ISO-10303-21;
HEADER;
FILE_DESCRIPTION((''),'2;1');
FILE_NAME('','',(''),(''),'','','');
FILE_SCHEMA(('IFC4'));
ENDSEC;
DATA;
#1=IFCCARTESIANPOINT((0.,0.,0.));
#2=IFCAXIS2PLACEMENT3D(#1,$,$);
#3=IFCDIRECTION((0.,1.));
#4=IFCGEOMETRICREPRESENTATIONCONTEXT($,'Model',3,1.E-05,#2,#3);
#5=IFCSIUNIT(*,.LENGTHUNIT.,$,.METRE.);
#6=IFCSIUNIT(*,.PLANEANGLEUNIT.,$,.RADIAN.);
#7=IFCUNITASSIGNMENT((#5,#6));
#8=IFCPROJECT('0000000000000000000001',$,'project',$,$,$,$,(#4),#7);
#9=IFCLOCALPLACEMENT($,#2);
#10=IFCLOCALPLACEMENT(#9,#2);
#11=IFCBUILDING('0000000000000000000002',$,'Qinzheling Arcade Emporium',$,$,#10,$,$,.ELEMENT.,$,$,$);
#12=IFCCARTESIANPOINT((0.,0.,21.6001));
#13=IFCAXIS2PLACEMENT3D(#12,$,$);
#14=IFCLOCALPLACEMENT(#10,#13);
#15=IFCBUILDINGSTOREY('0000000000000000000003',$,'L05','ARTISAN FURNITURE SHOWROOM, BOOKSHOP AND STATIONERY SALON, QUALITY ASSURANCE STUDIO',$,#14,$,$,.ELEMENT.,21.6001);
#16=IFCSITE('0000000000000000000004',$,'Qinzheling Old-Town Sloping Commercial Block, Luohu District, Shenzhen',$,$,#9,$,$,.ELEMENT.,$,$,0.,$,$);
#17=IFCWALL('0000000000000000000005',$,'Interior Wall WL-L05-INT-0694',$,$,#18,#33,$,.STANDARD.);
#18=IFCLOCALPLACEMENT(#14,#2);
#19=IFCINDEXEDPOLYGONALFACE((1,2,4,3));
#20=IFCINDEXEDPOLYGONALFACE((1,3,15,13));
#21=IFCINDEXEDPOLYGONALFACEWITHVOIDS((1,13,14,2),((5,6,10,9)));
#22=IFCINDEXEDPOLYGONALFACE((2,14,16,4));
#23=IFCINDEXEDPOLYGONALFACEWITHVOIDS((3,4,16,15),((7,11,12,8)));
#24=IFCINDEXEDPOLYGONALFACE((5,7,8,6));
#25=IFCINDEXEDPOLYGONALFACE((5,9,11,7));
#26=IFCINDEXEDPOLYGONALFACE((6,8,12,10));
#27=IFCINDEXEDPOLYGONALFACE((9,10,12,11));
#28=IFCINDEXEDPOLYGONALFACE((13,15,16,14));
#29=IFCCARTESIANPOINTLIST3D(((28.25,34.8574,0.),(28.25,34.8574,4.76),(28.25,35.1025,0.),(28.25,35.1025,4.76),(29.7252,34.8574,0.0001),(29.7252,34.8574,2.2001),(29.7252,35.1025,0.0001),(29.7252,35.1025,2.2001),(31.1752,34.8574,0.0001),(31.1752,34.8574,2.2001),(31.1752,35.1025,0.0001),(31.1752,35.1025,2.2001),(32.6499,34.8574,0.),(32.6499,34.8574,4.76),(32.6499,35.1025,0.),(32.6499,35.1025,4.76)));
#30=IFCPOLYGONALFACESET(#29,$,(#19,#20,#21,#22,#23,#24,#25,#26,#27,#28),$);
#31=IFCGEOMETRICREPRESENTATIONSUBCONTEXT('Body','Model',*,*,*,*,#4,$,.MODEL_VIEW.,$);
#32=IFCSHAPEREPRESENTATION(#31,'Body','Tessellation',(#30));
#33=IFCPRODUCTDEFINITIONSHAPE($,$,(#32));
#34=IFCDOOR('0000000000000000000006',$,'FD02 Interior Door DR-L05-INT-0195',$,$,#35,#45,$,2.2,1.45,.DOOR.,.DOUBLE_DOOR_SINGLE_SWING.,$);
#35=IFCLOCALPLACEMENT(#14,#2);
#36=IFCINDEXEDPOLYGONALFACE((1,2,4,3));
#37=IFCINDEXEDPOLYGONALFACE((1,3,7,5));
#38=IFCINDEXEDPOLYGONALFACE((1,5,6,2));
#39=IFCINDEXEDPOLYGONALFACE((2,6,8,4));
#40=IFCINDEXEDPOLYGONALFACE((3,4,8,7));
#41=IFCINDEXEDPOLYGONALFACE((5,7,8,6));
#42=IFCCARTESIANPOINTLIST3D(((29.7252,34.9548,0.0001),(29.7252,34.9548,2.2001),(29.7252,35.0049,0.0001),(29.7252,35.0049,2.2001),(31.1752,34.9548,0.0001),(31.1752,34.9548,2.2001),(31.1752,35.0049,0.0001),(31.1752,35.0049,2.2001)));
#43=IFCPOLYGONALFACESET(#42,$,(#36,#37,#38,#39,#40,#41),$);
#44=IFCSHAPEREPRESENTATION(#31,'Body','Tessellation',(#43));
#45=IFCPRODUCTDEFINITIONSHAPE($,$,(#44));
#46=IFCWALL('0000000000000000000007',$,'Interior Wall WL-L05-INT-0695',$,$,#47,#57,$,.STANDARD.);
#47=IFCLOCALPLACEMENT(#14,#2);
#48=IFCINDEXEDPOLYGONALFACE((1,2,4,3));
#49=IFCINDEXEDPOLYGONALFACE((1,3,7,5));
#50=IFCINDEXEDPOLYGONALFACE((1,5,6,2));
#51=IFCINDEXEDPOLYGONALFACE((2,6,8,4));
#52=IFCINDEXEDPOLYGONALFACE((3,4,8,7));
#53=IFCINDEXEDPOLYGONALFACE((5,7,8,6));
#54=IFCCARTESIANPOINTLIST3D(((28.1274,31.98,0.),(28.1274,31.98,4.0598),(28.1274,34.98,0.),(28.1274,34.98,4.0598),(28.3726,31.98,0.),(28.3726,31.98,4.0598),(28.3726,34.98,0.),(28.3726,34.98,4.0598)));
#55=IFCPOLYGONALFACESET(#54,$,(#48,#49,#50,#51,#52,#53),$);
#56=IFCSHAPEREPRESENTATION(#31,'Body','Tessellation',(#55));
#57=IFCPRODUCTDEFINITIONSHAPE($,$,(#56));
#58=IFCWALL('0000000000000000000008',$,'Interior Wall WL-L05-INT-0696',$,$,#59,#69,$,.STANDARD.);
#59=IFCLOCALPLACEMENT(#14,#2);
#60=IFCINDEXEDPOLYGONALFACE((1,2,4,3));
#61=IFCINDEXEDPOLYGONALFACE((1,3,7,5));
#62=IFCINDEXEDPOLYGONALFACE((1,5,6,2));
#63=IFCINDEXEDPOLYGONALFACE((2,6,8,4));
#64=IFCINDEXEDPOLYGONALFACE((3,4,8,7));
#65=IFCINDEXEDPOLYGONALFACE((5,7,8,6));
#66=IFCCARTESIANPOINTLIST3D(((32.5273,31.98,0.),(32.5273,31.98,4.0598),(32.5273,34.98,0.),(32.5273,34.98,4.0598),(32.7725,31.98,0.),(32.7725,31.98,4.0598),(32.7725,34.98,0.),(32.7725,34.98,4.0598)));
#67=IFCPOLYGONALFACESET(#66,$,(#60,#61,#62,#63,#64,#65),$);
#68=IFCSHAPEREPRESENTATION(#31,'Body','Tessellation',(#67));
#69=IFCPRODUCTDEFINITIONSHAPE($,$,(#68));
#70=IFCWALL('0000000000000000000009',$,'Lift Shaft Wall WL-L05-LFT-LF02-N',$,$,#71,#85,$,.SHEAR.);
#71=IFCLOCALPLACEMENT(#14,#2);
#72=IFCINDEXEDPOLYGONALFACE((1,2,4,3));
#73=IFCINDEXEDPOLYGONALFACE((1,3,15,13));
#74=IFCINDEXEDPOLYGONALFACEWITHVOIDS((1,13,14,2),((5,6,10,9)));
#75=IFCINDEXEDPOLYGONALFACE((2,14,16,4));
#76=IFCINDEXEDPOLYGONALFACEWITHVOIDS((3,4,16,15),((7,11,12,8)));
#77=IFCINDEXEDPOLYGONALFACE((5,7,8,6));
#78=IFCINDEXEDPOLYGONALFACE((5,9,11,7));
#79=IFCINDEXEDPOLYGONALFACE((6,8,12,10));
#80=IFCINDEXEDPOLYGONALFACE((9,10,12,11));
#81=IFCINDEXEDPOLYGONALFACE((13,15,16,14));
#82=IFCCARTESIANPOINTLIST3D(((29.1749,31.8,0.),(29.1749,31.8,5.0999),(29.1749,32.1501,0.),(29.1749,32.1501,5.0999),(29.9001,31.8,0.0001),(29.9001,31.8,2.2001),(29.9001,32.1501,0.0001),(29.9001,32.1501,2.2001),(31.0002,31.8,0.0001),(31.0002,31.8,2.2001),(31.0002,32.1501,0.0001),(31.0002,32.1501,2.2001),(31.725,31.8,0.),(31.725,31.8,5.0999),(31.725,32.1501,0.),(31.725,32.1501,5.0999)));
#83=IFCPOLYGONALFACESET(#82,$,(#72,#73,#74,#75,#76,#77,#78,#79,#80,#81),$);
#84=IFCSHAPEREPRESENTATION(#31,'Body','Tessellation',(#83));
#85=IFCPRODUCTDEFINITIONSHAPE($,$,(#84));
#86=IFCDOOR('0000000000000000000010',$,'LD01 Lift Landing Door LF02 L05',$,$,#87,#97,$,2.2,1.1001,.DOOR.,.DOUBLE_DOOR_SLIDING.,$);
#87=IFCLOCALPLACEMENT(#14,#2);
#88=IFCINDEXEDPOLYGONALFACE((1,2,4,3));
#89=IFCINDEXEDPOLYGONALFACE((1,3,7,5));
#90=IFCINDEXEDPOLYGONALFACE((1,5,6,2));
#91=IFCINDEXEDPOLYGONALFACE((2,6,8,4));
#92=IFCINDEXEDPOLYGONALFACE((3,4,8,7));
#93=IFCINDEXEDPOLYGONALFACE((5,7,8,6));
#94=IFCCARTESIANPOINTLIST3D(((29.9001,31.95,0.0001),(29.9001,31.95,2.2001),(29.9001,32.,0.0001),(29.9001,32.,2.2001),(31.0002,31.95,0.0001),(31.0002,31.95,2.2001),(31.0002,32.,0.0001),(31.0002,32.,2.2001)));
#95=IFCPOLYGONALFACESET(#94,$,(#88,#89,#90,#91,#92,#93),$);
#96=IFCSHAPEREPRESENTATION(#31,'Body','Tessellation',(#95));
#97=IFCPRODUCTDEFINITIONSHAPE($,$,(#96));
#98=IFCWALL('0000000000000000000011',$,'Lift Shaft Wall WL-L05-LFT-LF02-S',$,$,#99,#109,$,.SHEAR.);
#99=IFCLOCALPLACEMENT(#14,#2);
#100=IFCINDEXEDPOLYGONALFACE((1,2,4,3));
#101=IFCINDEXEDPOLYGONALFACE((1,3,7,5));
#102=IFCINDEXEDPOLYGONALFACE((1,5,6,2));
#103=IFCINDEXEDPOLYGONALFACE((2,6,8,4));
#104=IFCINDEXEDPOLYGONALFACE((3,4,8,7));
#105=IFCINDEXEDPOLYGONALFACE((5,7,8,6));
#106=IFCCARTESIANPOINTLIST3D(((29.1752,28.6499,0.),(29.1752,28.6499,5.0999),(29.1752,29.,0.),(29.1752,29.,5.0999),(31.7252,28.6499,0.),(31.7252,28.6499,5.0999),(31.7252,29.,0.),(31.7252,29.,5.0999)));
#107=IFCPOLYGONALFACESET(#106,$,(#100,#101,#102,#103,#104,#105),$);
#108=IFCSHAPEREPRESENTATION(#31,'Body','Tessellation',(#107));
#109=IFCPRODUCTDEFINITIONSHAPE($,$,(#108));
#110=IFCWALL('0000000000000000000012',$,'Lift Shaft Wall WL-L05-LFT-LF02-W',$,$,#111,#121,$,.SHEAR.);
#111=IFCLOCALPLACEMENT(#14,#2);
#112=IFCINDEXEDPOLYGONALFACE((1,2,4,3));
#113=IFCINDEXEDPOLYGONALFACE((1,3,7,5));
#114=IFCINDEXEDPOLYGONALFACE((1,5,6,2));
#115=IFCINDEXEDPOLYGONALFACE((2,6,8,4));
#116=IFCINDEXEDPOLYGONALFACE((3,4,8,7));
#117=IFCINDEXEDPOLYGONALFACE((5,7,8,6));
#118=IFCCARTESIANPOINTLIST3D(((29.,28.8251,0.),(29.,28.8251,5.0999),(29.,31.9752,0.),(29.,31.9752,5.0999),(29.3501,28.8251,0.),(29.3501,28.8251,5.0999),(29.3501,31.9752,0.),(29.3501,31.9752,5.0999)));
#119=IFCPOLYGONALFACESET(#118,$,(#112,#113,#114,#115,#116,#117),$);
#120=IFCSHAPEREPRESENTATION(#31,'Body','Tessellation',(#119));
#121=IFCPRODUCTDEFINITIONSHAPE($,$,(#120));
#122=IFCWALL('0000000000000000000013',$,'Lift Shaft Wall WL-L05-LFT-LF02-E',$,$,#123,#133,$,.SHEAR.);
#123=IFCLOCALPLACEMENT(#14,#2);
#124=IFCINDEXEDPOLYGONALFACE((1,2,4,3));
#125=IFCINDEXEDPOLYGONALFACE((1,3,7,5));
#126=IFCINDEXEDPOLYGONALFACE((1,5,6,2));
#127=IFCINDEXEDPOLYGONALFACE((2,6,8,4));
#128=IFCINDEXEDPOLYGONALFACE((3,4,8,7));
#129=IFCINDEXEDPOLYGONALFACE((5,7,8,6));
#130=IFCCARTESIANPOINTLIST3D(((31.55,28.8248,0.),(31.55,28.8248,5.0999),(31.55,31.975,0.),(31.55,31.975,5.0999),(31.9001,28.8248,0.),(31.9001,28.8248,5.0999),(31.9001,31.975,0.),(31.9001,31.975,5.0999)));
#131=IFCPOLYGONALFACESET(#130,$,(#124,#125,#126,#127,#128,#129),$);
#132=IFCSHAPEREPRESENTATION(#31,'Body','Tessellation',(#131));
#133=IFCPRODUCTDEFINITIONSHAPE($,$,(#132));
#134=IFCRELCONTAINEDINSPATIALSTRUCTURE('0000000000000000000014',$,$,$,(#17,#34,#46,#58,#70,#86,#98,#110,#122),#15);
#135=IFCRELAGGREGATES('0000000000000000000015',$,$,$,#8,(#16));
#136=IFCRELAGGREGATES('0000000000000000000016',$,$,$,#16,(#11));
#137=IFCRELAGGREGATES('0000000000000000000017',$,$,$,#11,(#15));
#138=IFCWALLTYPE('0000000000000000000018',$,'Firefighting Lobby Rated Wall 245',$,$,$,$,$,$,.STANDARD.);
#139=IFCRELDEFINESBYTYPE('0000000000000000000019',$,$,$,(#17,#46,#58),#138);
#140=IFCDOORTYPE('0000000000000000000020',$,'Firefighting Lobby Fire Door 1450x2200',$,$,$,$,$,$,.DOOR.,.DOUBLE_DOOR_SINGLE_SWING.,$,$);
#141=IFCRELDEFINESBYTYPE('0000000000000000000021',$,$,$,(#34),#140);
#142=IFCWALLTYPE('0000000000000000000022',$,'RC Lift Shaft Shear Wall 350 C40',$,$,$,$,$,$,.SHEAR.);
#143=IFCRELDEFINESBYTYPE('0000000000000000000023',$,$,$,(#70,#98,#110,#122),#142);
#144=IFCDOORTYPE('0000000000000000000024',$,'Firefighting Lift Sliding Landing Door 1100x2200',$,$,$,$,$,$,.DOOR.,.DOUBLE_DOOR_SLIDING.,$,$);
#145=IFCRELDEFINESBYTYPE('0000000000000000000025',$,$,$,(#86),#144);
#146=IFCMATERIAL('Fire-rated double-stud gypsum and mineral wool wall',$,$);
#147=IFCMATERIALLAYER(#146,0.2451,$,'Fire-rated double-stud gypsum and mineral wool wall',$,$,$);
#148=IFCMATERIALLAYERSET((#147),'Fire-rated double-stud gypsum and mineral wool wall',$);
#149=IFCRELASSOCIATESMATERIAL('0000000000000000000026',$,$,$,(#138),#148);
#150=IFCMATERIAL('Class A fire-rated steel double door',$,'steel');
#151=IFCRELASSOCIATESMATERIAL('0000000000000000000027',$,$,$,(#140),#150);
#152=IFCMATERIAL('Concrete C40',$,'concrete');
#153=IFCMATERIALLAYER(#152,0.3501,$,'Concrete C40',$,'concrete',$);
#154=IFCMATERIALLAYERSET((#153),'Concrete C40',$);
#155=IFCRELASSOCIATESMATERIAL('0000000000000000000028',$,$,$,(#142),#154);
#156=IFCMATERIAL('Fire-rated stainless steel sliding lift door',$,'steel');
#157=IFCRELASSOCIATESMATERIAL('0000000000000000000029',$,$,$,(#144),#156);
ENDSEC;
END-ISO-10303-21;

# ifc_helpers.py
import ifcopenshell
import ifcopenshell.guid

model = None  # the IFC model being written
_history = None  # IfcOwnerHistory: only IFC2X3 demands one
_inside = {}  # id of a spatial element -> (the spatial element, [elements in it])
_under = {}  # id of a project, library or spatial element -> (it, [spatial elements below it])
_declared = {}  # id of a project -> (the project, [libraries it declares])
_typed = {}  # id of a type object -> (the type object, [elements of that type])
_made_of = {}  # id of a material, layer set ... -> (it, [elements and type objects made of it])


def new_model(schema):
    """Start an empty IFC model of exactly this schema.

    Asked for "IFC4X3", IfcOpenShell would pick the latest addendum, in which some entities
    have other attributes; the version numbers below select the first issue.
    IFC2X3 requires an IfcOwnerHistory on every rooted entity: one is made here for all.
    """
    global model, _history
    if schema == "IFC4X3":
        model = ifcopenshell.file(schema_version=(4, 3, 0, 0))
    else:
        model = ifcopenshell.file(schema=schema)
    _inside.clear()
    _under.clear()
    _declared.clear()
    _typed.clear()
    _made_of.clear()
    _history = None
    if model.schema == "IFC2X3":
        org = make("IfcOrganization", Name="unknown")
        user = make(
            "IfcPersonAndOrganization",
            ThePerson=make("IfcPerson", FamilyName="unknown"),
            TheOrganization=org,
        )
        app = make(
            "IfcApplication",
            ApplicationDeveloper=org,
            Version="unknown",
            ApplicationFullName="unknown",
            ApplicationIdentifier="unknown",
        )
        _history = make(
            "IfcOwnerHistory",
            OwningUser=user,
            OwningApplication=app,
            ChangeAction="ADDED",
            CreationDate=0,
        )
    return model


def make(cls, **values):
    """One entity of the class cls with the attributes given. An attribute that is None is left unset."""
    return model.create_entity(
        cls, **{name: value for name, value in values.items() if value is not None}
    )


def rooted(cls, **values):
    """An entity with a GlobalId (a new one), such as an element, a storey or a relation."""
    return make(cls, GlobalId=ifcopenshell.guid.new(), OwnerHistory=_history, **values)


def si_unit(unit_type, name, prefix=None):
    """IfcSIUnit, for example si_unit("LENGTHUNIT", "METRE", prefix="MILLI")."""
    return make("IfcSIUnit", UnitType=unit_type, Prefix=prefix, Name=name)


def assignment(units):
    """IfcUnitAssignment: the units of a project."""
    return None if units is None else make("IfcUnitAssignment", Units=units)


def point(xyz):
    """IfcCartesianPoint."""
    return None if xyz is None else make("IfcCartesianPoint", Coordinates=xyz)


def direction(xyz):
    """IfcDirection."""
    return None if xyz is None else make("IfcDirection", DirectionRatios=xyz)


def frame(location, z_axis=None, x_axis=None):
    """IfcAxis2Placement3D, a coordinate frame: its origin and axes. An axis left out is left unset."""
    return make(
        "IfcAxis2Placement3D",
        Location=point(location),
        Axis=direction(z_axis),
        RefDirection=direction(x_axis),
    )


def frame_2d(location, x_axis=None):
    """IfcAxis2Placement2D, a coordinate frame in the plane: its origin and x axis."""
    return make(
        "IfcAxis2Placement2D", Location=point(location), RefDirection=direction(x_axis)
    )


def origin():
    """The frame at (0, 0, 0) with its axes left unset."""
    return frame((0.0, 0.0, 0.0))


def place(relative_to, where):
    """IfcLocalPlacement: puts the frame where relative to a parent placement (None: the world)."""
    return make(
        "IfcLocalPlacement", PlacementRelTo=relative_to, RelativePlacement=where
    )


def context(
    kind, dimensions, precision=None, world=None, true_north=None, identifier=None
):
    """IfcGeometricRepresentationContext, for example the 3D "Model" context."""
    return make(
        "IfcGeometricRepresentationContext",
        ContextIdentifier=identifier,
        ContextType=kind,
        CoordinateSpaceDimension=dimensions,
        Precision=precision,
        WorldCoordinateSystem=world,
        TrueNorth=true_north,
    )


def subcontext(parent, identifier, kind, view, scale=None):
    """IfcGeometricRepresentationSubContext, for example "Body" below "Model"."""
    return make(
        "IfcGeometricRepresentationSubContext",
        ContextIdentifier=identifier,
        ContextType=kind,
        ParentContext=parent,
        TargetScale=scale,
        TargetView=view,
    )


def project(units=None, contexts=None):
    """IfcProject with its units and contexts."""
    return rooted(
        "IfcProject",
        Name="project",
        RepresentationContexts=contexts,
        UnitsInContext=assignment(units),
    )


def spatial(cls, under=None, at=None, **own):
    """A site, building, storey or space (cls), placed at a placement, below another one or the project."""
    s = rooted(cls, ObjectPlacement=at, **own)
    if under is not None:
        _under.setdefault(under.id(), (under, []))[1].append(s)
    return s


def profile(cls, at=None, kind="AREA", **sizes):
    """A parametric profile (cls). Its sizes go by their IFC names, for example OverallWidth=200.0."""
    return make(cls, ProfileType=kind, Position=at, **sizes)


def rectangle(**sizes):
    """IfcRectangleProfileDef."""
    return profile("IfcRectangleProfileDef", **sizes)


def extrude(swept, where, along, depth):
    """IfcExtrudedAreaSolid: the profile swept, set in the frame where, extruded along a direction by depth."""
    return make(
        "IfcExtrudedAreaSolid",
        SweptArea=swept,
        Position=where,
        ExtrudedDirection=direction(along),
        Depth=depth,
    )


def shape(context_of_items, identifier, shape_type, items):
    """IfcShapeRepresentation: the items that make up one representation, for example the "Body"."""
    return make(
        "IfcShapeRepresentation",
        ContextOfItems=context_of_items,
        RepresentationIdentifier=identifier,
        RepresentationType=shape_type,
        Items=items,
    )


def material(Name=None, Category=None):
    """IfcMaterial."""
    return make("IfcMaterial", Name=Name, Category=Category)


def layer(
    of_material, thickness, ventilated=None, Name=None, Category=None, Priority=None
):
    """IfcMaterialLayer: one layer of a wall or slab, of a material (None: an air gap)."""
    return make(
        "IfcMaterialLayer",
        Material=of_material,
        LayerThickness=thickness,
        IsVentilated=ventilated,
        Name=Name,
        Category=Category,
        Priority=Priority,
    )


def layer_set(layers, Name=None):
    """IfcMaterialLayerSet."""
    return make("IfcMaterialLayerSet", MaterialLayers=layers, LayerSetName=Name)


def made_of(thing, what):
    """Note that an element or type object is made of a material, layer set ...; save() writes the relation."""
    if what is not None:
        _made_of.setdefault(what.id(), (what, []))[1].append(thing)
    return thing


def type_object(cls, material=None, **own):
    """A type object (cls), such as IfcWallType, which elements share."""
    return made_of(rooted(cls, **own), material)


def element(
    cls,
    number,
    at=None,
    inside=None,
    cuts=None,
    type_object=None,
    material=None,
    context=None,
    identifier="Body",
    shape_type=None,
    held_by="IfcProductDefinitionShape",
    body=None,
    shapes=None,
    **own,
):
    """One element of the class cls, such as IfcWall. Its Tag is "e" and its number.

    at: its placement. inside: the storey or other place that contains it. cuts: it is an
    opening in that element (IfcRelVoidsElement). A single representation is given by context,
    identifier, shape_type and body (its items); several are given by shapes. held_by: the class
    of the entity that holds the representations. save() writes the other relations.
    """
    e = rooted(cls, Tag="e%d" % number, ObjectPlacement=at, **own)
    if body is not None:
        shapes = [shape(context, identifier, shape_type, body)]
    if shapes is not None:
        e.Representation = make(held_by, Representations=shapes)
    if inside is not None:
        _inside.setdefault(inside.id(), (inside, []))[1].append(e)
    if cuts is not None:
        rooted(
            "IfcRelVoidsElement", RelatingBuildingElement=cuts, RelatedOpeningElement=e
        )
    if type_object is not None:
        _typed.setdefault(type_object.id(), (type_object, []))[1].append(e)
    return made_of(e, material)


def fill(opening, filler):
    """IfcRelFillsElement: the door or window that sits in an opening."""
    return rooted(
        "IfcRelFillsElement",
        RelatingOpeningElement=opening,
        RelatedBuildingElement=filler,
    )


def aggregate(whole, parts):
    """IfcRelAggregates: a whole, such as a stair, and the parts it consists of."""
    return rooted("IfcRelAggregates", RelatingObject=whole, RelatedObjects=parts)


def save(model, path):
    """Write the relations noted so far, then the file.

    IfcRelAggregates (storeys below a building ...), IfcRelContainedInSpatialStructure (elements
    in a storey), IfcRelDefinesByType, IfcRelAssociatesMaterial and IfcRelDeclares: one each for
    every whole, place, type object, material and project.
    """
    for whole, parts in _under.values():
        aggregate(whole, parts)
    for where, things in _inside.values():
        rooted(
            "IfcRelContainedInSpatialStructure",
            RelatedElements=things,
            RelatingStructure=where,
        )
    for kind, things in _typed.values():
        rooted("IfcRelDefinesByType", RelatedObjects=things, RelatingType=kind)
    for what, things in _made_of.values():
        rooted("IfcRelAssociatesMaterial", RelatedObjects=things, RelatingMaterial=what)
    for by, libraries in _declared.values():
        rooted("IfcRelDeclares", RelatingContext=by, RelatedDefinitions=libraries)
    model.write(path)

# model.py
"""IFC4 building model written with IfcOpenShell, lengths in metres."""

from ifc_helpers import new_model, si_unit, direction, frame, frame_2d, origin, place, context, subcontext, project, spatial, rectangle, extrude, material, layer, layer_set, type_object, element, fill, save


model = new_model("IFC4")

# Units and contexts
model_context = context("Model", 3, precision=1e-05, world=origin(), true_north=direction((0.0, 1.0)))
body_context = subcontext(model_context, "Body", "Model", "MODEL_VIEW")
ifc_project = project(units=[si_unit("LENGTHUNIT", "METRE"), si_unit("PLANEANGLEUNIT", "RADIAN")], contexts=[model_context])

# Site, building, storey
site_placement = place(None, origin())
site = spatial("IfcSite", under=ifc_project, at=site_placement, Name="Qinzheling Old-Town Sloping Commercial Block, Luohu District, Shenzhen", CompositionType="ELEMENT", RefElevation=0.0)
building_placement = place(site_placement, origin())
building = spatial("IfcBuilding", under=site, at=building_placement, Name="Qinzheling Arcade Emporium", CompositionType="ELEMENT")
storey_placement = place(building_placement, frame((0.0, 0.0, 21.6001)))
storey = spatial("IfcBuildingStorey", under=building, at=storey_placement, Name="L05", Description="ARTISAN FURNITURE SHOWROOM, BOOKSHOP AND STATIONERY SALON, QUALITY ASSURANCE STUDIO", CompositionType="ELEMENT", Elevation=21.6001)

# Shared definitions
ifc_material_1 = material(Name="Concrete C40", Category="concrete")

# Wall, opening, door
ifc_material_2 = material(Name="Fire-rated double-stud gypsum and mineral wool wall")
ifc_layer_1 = layer(ifc_material_2, 0.2451, Name="Fire-rated double-stud gypsum and mineral wool wall")
ifc_layer_set_1 = layer_set([ifc_layer_1], Name="Fire-rated double-stud gypsum and mineral wool wall")
wall_type_1 = type_object("IfcWallType", Name="Firefighting Lobby Rated Wall 245", PredefinedType="STANDARD", material=ifc_layer_set_1)
wall_1_placement = place(storey_placement, frame((28.25, 34.98, 0.0), z_axis=(0.0, 0.0, 1.0), x_axis=(1.0, 0.0, 0.0)))
wall_1 = element("IfcWall", 1, at=wall_1_placement, inside=storey, type_object=wall_type_1, Name="Interior Wall WL-L05-INT-0694", PredefinedType="STANDARD", context=body_context, shape_type="SweptSolid", body=[
    extrude(rectangle(XDim=4.3999, YDim=0.2451, at=frame_2d((2.2, 0.0))), origin(), (0.0, 0.0, 1.0), 4.76),
])
opening_1_placement = place(wall_1_placement, frame((1.4751, 0.0, 0.0)))
opening_1 = element("IfcOpeningElement", 2, at=opening_1_placement, cuts=wall_1, PredefinedType="OPENING", context=body_context, shape_type="SweptSolid", body=[
    extrude(rectangle(XDim=1.45, YDim=2.2, at=frame_2d((0.7251, 1.1001))), frame((0.0, 0.1326, 0.0), z_axis=(0.0, -1.0, 0.0), x_axis=(1.0, 0.0, 0.0)), (0.0, 0.0, 1.0), 0.2651),
])
ifc_material_3 = material(Name="Class A fire-rated steel double door", Category="steel")
door_type_1 = type_object("IfcDoorType", Name="Firefighting Lobby Fire Door 1450x2200", OperationType="DOUBLE_DOOR_SINGLE_SWING", PredefinedType="DOOR", material=ifc_material_3)
door_1_placement = place(opening_1_placement, origin())
door_1 = element("IfcDoor", 3, at=door_1_placement, inside=storey, type_object=door_type_1, Name="FD02 Interior Door DR-L05-INT-0195", OperationType="DOUBLE_DOOR_SINGLE_SWING", OverallHeight=2.2, OverallWidth=1.45, PredefinedType="DOOR", context=body_context, shape_type="SweptSolid", body=[
    extrude(rectangle(XDim=1.45, YDim=2.2, at=frame_2d((0.7251, 1.1001))), frame((0.0, 0.0249, 0.0), z_axis=(0.0, -1.0, 0.0), x_axis=(1.0, 0.0, 0.0)), (0.0, 0.0, 1.0), 0.05),
])
fill(opening_1, door_1)

# Walls
for number, where, z_axis, x_axis, name in (
    (4, (28.25, 31.98, 0.0), (0.0, 0.0, 1.0), (0.0, 1.0, 0.0), "Interior Wall WL-L05-INT-0695"),
    (5, (32.6499, 34.98, 0.0), (0.0, 0.0, 1.0), (0.0, -1.0, 0.0), "Interior Wall WL-L05-INT-0696"),
):
    element("IfcWall", number, at=place(storey_placement, frame(where, z_axis=z_axis, x_axis=x_axis)), inside=storey, type_object=wall_type_1, Name=name, PredefinedType="STANDARD", context=body_context, shape_type="SweptSolid", body=[
        extrude(rectangle(XDim=3.0, YDim=0.2451, at=frame_2d((1.5, 0.0))), origin(), (0.0, 0.0, 1.0), 4.0598),
    ])

# Wall, opening, door
ifc_layer_2 = layer(ifc_material_1, 0.3501, Name="Concrete C40", Category="concrete")
ifc_layer_set_2 = layer_set([ifc_layer_2], Name="Concrete C40")
wall_type_2 = type_object("IfcWallType", Name="RC Lift Shaft Shear Wall 350 C40", PredefinedType="SHEAR", material=ifc_layer_set_2)
wall_2_placement = place(storey_placement, frame((29.175, 31.9751, 0.0), z_axis=(0.0, 0.0, 1.0), x_axis=(1.0, 0.0, 0.0)))
wall_2 = element("IfcWall", 6, at=wall_2_placement, inside=storey, type_object=wall_type_2, Name="Lift Shaft Wall WL-L05-LFT-LF02-N", PredefinedType="SHEAR", context=body_context, shape_type="SweptSolid", body=[
    extrude(rectangle(XDim=2.55, YDim=0.3501, at=frame_2d((1.2749, 0.0))), origin(), (0.0, 0.0, 1.0), 5.0999),
])
opening_2_placement = place(wall_2_placement, frame((0.7251, 0.0, 0.0)))
opening_2 = element("IfcOpeningElement", 7, at=opening_2_placement, cuts=wall_2, PredefinedType="OPENING", context=body_context, shape_type="SweptSolid", body=[
    extrude(rectangle(XDim=1.1001, YDim=2.2, at=frame_2d((0.55, 1.1001))), frame((0.0, 0.1851, 0.0), z_axis=(0.0, -1.0, 0.0), x_axis=(1.0, 0.0, 0.0)), (0.0, 0.0, 1.0), 0.3701),
])
ifc_material_4 = material(Name="Fire-rated stainless steel sliding lift door", Category="steel")
door_type_2 = type_object("IfcDoorType", Name="Firefighting Lift Sliding Landing Door 1100x2200", OperationType="DOUBLE_DOOR_SLIDING", PredefinedType="DOOR", material=ifc_material_4)
door_2_placement = place(opening_2_placement, origin())
door_2 = element("IfcDoor", 8, at=door_2_placement, inside=storey, type_object=door_type_2, Name="LD01 Lift Landing Door LF02 L05", OperationType="DOUBLE_DOOR_SLIDING", OverallHeight=2.2, OverallWidth=1.1001, PredefinedType="DOOR", context=body_context, shape_type="SweptSolid", body=[
    extrude(rectangle(XDim=1.1001, YDim=2.2, at=frame_2d((0.55, 1.1001))), frame((0.0, 0.0249, 0.0), z_axis=(0.0, -1.0, 0.0), x_axis=(1.0, 0.0, 0.0)), (0.0, 0.0, 1.0), 0.05),
])
fill(opening_2, door_2)

# Walls
wall_3_placement = place(storey_placement, frame((31.7251, 28.825, 0.0), z_axis=(0.0, 0.0, 1.0), x_axis=(-1.0, 0.0, 0.0)))
element("IfcWall", 9, at=wall_3_placement, inside=storey, type_object=wall_type_2, Name="Lift Shaft Wall WL-L05-LFT-LF02-S", PredefinedType="SHEAR", context=body_context, shape_type="SweptSolid", body=[
    extrude(rectangle(XDim=2.55, YDim=0.3501, at=frame_2d((1.2749, 0.0))), origin(), (0.0, 0.0, 1.0), 5.0999),
])
for number, where, z_axis, x_axis, name in (
    (10, (29.175, 28.825, 0.0), (0.0, 0.0, 1.0), (0.0, 1.0, 0.0), "Lift Shaft Wall WL-L05-LFT-LF02-W"),
    (11, (31.7251, 31.9751, 0.0), (0.0, 0.0, 1.0), (0.0, -1.0, 0.0), "Lift Shaft Wall WL-L05-LFT-LF02-E"),
):
    element("IfcWall", number, at=place(storey_placement, frame(where, z_axis=z_axis, x_axis=x_axis)), inside=storey, type_object=wall_type_2, Name=name, PredefinedType="SHEAR", context=body_context, shape_type="SweptSolid", body=[
        extrude(rectangle(XDim=3.1501, YDim=0.3501, at=frame_2d((1.5752, 0.0))), origin(), (0.0, 0.0, 1.0), 5.0999),
    ])

save(model, "model.ifc")
